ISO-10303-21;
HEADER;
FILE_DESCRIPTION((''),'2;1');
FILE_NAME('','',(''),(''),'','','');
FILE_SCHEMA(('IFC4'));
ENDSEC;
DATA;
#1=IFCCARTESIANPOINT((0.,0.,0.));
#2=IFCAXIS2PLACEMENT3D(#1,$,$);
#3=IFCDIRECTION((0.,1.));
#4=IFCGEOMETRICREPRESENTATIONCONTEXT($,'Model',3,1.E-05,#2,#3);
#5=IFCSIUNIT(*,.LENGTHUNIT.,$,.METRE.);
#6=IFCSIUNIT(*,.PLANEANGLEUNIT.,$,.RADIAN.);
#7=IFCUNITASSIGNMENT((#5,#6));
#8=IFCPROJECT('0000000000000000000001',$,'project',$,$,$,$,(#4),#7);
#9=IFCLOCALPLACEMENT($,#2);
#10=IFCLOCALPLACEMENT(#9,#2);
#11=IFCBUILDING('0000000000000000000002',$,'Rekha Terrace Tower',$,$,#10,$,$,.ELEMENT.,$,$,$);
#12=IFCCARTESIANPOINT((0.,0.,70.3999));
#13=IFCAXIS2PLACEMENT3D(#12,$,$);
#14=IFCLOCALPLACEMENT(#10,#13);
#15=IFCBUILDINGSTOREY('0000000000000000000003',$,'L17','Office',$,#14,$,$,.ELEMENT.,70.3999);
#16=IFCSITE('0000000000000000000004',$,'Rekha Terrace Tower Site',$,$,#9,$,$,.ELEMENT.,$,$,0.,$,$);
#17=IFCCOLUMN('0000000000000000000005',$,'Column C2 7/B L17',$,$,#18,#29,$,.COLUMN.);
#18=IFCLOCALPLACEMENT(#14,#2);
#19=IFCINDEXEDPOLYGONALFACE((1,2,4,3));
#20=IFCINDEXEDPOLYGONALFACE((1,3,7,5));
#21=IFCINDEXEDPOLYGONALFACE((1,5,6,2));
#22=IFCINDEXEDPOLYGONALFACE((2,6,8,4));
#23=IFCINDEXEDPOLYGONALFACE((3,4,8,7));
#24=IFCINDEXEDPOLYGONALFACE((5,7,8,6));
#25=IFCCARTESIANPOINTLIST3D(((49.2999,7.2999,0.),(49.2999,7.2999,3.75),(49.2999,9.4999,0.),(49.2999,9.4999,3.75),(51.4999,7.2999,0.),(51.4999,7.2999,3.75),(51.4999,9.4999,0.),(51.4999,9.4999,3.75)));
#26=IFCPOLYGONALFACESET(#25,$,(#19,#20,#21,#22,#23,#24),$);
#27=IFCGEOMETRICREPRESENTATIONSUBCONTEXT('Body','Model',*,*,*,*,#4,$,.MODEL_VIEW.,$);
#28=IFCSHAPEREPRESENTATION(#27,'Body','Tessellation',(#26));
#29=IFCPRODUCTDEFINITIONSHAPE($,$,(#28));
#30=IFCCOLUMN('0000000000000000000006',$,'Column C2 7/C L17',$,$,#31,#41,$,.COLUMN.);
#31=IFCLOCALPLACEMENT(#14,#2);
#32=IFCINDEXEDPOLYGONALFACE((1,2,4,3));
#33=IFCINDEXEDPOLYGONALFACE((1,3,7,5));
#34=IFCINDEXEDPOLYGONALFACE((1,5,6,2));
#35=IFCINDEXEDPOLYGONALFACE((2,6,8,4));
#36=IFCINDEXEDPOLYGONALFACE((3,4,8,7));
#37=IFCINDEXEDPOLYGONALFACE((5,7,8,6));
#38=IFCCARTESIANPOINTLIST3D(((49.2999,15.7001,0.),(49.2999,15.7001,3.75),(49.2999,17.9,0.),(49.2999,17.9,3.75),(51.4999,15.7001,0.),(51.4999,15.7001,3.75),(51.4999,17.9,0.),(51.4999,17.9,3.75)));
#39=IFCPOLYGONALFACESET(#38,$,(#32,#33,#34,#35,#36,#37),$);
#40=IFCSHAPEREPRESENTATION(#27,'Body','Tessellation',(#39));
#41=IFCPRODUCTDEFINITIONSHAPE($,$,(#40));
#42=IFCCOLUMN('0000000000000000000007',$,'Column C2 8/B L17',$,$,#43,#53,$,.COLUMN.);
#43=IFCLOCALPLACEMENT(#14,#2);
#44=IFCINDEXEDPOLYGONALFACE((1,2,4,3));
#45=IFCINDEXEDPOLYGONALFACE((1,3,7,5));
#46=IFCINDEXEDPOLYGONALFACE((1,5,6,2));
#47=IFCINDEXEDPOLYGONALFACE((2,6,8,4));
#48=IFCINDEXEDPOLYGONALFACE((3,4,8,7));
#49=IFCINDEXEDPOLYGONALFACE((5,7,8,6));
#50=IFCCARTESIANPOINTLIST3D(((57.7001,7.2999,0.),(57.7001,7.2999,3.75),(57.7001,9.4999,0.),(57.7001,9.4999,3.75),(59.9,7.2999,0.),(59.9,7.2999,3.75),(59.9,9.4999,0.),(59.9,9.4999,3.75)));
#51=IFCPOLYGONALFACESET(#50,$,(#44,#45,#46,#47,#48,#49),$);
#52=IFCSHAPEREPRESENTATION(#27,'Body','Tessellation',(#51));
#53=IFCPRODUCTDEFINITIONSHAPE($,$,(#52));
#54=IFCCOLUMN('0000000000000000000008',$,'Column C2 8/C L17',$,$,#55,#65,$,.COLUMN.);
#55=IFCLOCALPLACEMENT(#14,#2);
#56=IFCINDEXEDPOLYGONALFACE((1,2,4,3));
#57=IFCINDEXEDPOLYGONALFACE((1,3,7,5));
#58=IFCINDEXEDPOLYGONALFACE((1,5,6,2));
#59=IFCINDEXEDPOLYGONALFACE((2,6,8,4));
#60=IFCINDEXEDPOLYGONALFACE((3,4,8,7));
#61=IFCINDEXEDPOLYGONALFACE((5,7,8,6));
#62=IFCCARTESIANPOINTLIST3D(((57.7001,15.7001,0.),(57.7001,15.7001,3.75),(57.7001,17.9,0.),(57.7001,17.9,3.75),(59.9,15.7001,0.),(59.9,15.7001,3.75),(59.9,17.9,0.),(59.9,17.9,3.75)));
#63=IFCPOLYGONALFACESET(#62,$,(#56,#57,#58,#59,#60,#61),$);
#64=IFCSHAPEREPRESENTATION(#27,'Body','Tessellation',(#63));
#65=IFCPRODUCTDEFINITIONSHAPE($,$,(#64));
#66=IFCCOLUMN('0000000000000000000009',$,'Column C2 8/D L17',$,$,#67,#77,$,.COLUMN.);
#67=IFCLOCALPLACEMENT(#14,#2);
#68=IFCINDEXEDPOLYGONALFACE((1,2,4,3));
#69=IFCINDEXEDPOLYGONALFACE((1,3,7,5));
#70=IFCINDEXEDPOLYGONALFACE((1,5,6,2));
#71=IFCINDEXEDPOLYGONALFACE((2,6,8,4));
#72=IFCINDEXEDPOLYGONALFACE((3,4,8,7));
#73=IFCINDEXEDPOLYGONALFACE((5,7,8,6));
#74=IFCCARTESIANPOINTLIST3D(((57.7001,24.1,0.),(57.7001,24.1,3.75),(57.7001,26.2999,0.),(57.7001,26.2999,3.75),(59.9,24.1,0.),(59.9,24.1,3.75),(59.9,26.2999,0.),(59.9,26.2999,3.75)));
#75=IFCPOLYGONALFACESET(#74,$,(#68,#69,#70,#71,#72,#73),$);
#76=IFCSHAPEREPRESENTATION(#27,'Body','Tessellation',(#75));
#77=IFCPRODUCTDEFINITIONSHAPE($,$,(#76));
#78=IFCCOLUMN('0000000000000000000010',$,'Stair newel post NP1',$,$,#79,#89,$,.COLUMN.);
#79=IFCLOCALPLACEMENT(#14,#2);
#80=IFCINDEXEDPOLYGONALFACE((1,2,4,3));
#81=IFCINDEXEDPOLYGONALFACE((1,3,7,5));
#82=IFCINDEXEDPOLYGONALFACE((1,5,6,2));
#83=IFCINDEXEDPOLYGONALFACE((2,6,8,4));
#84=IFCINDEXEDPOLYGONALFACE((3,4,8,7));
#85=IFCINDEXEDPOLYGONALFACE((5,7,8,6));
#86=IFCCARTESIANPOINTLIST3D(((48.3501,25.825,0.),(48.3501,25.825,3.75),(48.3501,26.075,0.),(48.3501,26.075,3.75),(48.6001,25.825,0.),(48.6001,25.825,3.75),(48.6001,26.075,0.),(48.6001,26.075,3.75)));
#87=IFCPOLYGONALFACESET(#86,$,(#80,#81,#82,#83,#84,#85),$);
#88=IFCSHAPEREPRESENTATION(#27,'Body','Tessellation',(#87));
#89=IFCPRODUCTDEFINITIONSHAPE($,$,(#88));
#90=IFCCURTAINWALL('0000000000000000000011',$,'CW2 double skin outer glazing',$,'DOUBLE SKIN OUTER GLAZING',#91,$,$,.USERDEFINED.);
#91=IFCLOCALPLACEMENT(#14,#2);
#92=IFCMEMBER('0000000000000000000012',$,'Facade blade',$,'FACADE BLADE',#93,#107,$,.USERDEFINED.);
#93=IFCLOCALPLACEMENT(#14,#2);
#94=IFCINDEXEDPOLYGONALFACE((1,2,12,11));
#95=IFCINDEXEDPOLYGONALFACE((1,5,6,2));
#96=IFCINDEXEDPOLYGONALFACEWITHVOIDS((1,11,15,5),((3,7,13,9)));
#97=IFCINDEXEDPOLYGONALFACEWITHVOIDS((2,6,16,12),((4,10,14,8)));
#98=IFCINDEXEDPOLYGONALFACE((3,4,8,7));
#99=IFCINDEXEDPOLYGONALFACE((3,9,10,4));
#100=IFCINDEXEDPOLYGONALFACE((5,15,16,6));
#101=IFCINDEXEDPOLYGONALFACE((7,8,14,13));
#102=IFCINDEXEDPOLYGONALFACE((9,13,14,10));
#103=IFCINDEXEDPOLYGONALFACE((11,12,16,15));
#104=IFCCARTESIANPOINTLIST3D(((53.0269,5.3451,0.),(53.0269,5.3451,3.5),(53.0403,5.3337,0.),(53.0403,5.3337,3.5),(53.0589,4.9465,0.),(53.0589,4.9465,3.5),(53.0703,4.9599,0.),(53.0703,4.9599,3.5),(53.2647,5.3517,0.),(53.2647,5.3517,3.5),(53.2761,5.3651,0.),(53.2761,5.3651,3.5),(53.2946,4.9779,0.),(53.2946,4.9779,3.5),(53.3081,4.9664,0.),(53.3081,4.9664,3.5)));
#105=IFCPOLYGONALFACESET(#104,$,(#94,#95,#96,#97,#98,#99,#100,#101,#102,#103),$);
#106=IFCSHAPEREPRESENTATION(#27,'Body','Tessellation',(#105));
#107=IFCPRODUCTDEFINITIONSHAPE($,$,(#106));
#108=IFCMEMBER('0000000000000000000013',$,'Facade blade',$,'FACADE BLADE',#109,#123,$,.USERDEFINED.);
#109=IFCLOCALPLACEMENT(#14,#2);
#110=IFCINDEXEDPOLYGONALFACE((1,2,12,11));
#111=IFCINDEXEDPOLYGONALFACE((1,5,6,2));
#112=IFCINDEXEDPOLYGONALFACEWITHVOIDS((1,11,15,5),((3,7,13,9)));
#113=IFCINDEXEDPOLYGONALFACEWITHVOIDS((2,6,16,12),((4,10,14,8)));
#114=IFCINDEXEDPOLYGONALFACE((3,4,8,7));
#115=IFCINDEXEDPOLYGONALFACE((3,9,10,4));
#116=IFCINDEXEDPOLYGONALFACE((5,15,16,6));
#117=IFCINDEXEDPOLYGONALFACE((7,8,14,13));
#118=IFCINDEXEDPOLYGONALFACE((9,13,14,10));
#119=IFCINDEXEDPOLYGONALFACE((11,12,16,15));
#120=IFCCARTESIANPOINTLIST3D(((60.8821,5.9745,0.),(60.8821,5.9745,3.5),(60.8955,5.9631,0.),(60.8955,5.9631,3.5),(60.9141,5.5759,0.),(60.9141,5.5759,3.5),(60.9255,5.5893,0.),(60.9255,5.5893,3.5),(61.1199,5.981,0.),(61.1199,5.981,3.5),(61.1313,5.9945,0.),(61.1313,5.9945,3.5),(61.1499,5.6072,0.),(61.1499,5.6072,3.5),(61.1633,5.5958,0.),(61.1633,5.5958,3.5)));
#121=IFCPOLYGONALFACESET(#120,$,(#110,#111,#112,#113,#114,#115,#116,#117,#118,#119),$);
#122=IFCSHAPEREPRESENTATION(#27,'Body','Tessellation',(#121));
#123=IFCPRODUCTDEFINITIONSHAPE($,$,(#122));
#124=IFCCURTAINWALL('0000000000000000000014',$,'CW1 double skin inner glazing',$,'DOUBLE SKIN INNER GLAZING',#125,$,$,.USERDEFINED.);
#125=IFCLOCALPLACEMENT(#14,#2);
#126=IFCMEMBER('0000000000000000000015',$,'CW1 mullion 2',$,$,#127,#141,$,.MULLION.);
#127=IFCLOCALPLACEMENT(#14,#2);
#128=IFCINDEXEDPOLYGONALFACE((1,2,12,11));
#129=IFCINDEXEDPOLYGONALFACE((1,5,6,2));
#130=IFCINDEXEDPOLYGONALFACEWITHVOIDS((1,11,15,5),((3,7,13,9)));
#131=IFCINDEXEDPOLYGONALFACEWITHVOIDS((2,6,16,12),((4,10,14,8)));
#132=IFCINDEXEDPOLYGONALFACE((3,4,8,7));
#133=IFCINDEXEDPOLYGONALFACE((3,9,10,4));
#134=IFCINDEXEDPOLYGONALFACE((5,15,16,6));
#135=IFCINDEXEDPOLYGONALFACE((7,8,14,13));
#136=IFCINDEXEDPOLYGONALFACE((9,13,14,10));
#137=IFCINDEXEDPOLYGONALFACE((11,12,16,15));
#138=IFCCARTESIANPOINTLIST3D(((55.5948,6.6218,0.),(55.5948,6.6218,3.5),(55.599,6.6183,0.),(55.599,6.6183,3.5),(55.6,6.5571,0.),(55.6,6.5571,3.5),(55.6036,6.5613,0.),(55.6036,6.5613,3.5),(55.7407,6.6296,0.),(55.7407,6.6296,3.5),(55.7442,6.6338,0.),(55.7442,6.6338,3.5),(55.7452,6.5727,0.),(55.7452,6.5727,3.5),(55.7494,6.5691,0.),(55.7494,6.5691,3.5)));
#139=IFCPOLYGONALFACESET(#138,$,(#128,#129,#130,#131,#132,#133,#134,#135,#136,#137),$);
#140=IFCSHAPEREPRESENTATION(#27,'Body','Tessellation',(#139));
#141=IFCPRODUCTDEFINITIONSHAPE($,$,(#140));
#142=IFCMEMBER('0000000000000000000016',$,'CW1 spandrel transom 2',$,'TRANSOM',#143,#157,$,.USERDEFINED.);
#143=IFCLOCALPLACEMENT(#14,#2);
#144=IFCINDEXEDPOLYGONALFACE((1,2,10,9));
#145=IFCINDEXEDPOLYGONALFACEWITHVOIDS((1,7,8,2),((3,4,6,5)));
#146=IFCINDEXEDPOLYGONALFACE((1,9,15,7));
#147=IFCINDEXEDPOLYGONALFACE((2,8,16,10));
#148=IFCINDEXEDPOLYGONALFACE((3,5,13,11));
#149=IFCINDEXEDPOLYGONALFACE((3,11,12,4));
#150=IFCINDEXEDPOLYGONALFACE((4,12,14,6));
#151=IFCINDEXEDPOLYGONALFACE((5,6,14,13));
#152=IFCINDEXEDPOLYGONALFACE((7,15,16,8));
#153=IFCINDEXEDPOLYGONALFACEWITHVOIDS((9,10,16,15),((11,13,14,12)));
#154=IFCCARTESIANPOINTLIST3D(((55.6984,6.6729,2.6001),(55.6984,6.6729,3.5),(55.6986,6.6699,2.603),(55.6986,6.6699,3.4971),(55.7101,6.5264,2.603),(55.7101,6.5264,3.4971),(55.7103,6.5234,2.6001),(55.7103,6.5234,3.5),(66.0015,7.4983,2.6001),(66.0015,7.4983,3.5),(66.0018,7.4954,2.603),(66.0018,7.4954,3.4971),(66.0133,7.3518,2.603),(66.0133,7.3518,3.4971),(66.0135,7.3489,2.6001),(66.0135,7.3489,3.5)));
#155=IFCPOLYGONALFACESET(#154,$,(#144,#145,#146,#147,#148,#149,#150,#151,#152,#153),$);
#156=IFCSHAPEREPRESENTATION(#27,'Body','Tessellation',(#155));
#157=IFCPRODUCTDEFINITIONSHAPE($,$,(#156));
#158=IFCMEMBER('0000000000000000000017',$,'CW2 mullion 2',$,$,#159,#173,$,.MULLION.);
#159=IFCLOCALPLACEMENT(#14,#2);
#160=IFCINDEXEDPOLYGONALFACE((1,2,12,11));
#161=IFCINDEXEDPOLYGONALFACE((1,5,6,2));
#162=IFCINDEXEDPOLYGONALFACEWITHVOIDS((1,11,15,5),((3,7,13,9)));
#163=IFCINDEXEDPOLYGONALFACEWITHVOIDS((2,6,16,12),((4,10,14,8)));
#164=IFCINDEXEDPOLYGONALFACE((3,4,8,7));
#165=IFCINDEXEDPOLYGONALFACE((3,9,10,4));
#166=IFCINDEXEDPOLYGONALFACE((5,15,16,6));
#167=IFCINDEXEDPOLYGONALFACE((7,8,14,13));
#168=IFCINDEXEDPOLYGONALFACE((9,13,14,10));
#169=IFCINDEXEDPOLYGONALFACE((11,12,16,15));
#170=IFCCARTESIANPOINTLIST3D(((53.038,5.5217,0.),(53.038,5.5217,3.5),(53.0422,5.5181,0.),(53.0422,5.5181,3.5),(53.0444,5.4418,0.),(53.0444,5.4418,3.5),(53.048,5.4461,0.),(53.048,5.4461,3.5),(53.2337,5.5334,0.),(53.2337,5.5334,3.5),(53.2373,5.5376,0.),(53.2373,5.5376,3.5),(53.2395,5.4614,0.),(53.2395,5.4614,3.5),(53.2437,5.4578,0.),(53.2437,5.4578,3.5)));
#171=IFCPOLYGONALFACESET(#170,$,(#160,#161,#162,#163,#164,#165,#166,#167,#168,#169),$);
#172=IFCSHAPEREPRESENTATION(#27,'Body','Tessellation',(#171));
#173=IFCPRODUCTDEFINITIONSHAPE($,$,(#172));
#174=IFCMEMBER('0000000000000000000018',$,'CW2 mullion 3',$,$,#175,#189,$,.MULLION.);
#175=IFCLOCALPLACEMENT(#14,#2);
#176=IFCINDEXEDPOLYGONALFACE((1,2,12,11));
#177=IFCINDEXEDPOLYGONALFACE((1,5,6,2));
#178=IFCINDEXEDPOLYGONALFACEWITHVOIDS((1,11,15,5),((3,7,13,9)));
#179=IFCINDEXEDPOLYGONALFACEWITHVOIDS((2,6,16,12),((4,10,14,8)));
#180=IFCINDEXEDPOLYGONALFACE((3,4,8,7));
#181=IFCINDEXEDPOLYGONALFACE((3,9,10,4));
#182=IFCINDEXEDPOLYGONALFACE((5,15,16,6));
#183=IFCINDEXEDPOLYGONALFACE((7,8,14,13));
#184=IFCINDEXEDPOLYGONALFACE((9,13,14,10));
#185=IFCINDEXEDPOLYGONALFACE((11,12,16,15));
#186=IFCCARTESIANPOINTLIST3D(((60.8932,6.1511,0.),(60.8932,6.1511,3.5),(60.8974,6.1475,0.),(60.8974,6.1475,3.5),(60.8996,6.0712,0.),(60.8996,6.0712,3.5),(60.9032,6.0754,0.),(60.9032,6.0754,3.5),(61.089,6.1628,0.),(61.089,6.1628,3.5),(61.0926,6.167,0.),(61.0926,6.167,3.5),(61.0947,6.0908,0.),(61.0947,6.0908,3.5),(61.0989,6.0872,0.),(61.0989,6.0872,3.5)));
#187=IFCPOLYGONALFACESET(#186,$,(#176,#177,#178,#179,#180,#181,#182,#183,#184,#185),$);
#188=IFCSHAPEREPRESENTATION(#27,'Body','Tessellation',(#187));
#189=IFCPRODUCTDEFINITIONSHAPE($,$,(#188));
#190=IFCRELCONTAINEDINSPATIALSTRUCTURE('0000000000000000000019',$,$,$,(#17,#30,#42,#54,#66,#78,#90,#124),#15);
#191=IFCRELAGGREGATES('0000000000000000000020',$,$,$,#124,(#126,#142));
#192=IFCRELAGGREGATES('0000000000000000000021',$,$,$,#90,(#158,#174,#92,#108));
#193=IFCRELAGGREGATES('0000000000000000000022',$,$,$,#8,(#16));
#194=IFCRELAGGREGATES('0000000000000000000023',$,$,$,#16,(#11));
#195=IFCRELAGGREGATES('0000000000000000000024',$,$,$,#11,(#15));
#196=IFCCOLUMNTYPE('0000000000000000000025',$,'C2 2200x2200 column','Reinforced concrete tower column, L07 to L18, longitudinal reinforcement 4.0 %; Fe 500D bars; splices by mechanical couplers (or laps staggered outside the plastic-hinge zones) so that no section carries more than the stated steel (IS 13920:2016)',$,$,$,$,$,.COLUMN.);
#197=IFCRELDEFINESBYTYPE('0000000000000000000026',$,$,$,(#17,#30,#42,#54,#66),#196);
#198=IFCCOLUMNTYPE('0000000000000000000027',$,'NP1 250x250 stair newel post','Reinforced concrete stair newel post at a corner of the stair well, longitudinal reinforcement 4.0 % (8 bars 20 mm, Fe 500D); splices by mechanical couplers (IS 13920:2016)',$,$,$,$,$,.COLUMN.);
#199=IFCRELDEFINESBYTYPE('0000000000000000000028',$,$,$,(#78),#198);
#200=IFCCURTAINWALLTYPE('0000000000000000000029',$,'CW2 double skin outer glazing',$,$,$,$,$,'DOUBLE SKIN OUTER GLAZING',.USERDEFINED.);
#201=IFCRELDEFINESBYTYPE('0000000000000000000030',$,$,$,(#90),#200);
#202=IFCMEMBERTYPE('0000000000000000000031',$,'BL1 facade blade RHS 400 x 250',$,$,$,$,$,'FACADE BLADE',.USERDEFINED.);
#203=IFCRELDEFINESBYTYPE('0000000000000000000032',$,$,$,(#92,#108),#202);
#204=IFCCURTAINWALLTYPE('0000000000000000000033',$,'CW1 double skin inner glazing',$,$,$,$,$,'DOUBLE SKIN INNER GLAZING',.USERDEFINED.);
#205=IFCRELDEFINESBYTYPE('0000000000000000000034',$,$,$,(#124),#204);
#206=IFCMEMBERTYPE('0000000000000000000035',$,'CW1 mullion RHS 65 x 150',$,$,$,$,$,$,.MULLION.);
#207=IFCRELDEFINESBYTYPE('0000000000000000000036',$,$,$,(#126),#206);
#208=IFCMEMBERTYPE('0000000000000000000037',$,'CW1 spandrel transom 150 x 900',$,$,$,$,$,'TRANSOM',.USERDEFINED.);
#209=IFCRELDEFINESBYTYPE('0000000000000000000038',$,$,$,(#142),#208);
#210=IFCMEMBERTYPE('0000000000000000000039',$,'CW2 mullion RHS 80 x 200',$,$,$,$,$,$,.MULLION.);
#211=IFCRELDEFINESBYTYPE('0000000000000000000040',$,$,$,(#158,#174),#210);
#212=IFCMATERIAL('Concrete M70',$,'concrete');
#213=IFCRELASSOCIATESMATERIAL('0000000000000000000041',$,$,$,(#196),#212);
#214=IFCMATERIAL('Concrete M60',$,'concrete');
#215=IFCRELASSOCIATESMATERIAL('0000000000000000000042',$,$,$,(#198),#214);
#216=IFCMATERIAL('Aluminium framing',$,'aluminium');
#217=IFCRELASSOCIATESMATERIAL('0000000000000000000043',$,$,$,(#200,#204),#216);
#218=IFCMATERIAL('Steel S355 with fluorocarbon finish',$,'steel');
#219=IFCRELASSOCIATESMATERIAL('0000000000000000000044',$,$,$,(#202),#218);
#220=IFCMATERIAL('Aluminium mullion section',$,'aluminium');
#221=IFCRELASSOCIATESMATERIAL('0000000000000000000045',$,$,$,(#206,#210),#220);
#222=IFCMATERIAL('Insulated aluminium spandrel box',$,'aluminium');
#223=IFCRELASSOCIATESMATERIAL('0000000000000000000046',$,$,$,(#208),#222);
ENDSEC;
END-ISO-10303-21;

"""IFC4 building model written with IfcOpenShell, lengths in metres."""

from ifc_helpers import new_model, si_unit, direction, frame, origin, origin_2d, place, context, subcontext, project, spatial, rectangle, hollow_rectangle, extrude, material, material_profile, profile_set, type_object, element, aggregate, save


model = new_model("IFC4")

# Units and contexts
model_context = context("Model", 3, precision=1e-05, world=origin(), true_north=direction((0.0, 1.0)))
body_context = subcontext(model_context, "Body", "Model", "MODEL_VIEW")
ifc_project = project(units=[si_unit("LENGTHUNIT", "METRE"), si_unit("PLANEANGLEUNIT", "RADIAN")], contexts=[model_context])

# Site, building, storey
site_placement = place(None, origin())
site = spatial("IfcSite", under=ifc_project, at=site_placement, Name="Rekha Terrace Tower Site", CompositionType="ELEMENT", RefElevation=0.0)
building_placement = place(site_placement, origin())
building = spatial("IfcBuilding", under=site, at=building_placement, Name="Rekha Terrace Tower", CompositionType="ELEMENT")
storey_placement = place(building_placement, frame((0.0, 0.0, 70.3999)))
storey = spatial("IfcBuildingStorey", under=building, at=storey_placement, Name="L17", Description="Office", CompositionType="ELEMENT", Elevation=70.3999)

# Columns
ifc_material_1 = material(Name="Concrete M70", Category="concrete")
ifc_material_profile_1 = material_profile(ifc_material_1, rectangle(XDim=2.2, YDim=2.2, at=origin_2d()), Name="RC 2200x2200")
ifc_profile_set_1 = profile_set([ifc_material_profile_1], Name="Concrete M70")
column_type_1 = type_object("IfcColumnType", Name="C2 2200x2200 column", Description="Reinforced concrete tower column, L07 to L18, longitudinal reinforcement 4.0 %; Fe 500D bars; splices by mechanical couplers (or laps staggered outside the plastic-hinge zones) so that no section carries more than the stated steel (IS 13920:2016)", PredefinedType="COLUMN", material=ifc_profile_set_1)
for number, where, z_axis, x_axis, name in (
    (1, (50.3999, 8.3999, 0.0), (0.0, 0.0, 1.0), (1.0, 0.0, 0.0), "Column C2 7/B L17"),
    (2, (50.3999, 16.8, 0.0), (0.0, 0.0, 1.0), (1.0, 0.0, 0.0), "Column C2 7/C L17"),
    (3, (58.8, 8.3999, 0.0), (0.0, 0.0, 1.0), (1.0, 0.0, 0.0), "Column C2 8/B L17"),
    (4, (58.8, 16.8, 0.0), (0.0, 0.0, 1.0), (1.0, 0.0, 0.0), "Column C2 8/C L17"),
    (5, (58.8, 25.2, 0.0), (0.0, 0.0, 1.0), (1.0, 0.0, 0.0), "Column C2 8/D L17"),
):
    element("IfcColumn", number, at=place(storey_placement, frame(where, z_axis=z_axis, x_axis=x_axis)), inside=storey, type_object=column_type_1, Name=name, PredefinedType="COLUMN", context=body_context, shape_type="SweptSolid", body=[
        extrude(rectangle(XDim=2.2, YDim=2.2, at=origin_2d()), origin(), (0.0, 0.0, 1.0), 3.75),
    ])
ifc_material_2 = material(Name="Concrete M60", Category="concrete")
ifc_material_profile_2 = material_profile(ifc_material_2, rectangle(XDim=0.25, YDim=0.25, at=origin_2d()), Name="RC 250x250")
ifc_profile_set_2 = profile_set([ifc_material_profile_2], Name="Concrete M60")
column_type_2 = type_object("IfcColumnType", Name="NP1 250x250 stair newel post", Description="Reinforced concrete stair newel post at a corner of the stair well, longitudinal reinforcement 4.0 % (8 bars 20 mm, Fe 500D); splices by mechanical couplers (IS 13920:2016)", PredefinedType="COLUMN", material=ifc_profile_set_2)
column_placement = place(storey_placement, frame((48.4751, 25.95, 0.0), z_axis=(0.0, 0.0, 1.0), x_axis=(1.0, 0.0, 0.0)))
element("IfcColumn", 6, at=column_placement, inside=storey, type_object=column_type_2, Name="Stair newel post NP1", PredefinedType="COLUMN", context=body_context, shape_type="SweptSolid", body=[
    extrude(rectangle(XDim=0.25, YDim=0.25, at=origin_2d()), origin(), (0.0, 0.0, 1.0), 3.75),
])

# Curtain walls, members
ifc_material_3 = material(Name="Aluminium framing", Category="aluminium")
curtain_wall_type_1 = type_object("IfcCurtainWallType", Name="CW2 double skin outer glazing", ElementType="DOUBLE SKIN OUTER GLAZING", PredefinedType="USERDEFINED", material=ifc_material_3)
curtain_wall_1_placement = place(storey_placement, origin())
curtain_wall_1 = element("IfcCurtainWall", 7, at=curtain_wall_1_placement, inside=storey, type_object=curtain_wall_type_1, Name="CW2 double skin outer glazing", ObjectType="DOUBLE SKIN OUTER GLAZING", PredefinedType="USERDEFINED")
ifc_material_4 = material(Name="Steel S355 with fluorocarbon finish", Category="steel")
ifc_material_profile_3 = material_profile(ifc_material_4, hollow_rectangle(XDim=0.25, YDim=0.3999, WallThickness=0.0125, at=origin_2d()), Name="RHS400x250x12.5")
ifc_profile_set_3 = profile_set([ifc_material_profile_3], Name="Steel S355 with fluorocarbon finish")
member_type_1 = type_object("IfcMemberType", Name="BL1 facade blade RHS 400 x 250", ElementType="FACADE BLADE", PredefinedType="USERDEFINED", material=ifc_profile_set_3)
member_1_placement = place(storey_placement, frame((53.1675, 5.1558, 0.0), z_axis=(0.0, 0.0, 1.0), x_axis=(0.996805, 0.079872, 0.0)))
member_1 = element("IfcMember", 8, at=member_1_placement, type_object=member_type_1, Name="Facade blade", ObjectType="FACADE BLADE", PredefinedType="USERDEFINED", context=body_context, shape_type="SweptSolid", body=[
    extrude(hollow_rectangle(XDim=0.25, YDim=0.3999, WallThickness=0.0125, at=origin_2d()), origin(), (0.0, 0.0, 1.0), 3.5),
])
member_2_placement = place(storey_placement, frame((61.0227, 5.7852, 0.0), z_axis=(0.0, 0.0, 1.0), x_axis=(0.996805, 0.079872, 0.0)))
member_2 = element("IfcMember", 9, at=member_2_placement, type_object=member_type_1, Name="Facade blade", ObjectType="FACADE BLADE", PredefinedType="USERDEFINED", context=body_context, shape_type="SweptSolid", body=[
    extrude(hollow_rectangle(XDim=0.25, YDim=0.3999, WallThickness=0.0125, at=origin_2d()), origin(), (0.0, 0.0, 1.0), 3.5),
])
curtain_wall_type_2 = type_object("IfcCurtainWallType", Name="CW1 double skin inner glazing", ElementType="DOUBLE SKIN INNER GLAZING", PredefinedType="USERDEFINED", material=ifc_material_3)
curtain_wall_2_placement = place(storey_placement, origin())
curtain_wall_2 = element("IfcCurtainWall", 10, at=curtain_wall_2_placement, inside=storey, type_object=curtain_wall_type_2, Name="CW1 double skin inner glazing", ObjectType="DOUBLE SKIN INNER GLAZING", PredefinedType="USERDEFINED")
ifc_material_5 = material(Name="Aluminium mullion section", Category="aluminium")
ifc_material_profile_4 = material_profile(ifc_material_5, hollow_rectangle(XDim=0.0649, YDim=0.1499, WallThickness=0.0039, at=origin_2d()), Name="AL RHS 65x150")
ifc_profile_set_4 = profile_set([ifc_material_profile_4], Name="Aluminium mullion section")
member_type_2 = type_object("IfcMemberType", Name="CW1 mullion RHS 65 x 150", PredefinedType="MULLION", material=ifc_profile_set_4)
member_3_placement = place(storey_placement, frame((55.6721, 6.5955, 0.0), z_axis=(0.0, 0.0, 1.0), x_axis=(-0.079872, 0.996805, 0.0)))
member_3 = element("IfcMember", 11, at=member_3_placement, type_object=member_type_2, Name="CW1 mullion 2", PredefinedType="MULLION", context=body_context, shape_type="SweptSolid", body=[
    extrude(hollow_rectangle(XDim=0.0649, YDim=0.1499, WallThickness=0.0039, at=origin_2d()), origin(), (0.0, 0.0, 1.0), 3.5),
])
ifc_material_6 = material(Name="Insulated aluminium spandrel box", Category="aluminium")
ifc_material_profile_5 = material_profile(ifc_material_6, hollow_rectangle(XDim=0.1499, YDim=0.8999, WallThickness=0.0029, at=origin_2d()), Name="AL SPANDREL BOX 150x900")
ifc_profile_set_5 = profile_set([ifc_material_profile_5], Name="Insulated aluminium spandrel box")
member_type_3 = type_object("IfcMemberType", Name="CW1 spandrel transom 150 x 900", ElementType="TRANSOM", PredefinedType="USERDEFINED", material=ifc_profile_set_5)
member_4_placement = place(storey_placement, frame((55.7043, 6.5981, 3.05), z_axis=(0.996806, 0.079859, 0.0), x_axis=(-0.079859, 0.996806, 0.0)))
member_4 = element("IfcMember", 12, at=member_4_placement, type_object=member_type_3, Name="CW1 spandrel transom 2", ObjectType="TRANSOM", PredefinedType="USERDEFINED", context=body_context, shape_type="SweptSolid", body=[
    extrude(hollow_rectangle(XDim=0.1499, YDim=0.8999, WallThickness=0.0029, at=origin_2d()), origin(), (0.0, 0.0, 1.0), 10.3362),
])

# Members
ifc_material_profile_6 = material_profile(ifc_material_5, hollow_rectangle(XDim=0.0801, YDim=0.2, WallThickness=0.0039, at=origin_2d()), Name="AL RHS 80x200")
ifc_profile_set_6 = profile_set([ifc_material_profile_6], Name="Aluminium mullion section")
member_type_4 = type_object("IfcMemberType", Name="CW2 mullion RHS 80 x 200", PredefinedType="MULLION", material=ifc_profile_set_6)
member_5_placement = place(storey_placement, frame((53.1409, 5.4897, 0.0), z_axis=(0.0, 0.0, 1.0), x_axis=(-0.079872, 0.996805, 0.0)))
member_5 = element("IfcMember", 13, at=member_5_placement, type_object=member_type_4, Name="CW2 mullion 2", PredefinedType="MULLION", context=body_context, shape_type="SweptSolid", body=[
    extrude(hollow_rectangle(XDim=0.0801, YDim=0.2, WallThickness=0.0039, at=origin_2d()), origin(), (0.0, 0.0, 1.0), 3.5),
])
member_6_placement = place(storey_placement, frame((60.9961, 6.1191, 0.0), z_axis=(0.0, 0.0, 1.0), x_axis=(-0.079872, 0.996805, 0.0)))
member_6 = element("IfcMember", 14, at=member_6_placement, type_object=member_type_4, Name="CW2 mullion 3", PredefinedType="MULLION", context=body_context, shape_type="SweptSolid", body=[
    extrude(hollow_rectangle(XDim=0.0801, YDim=0.2, WallThickness=0.0039, at=origin_2d()), origin(), (0.0, 0.0, 1.0), 3.5),
])

aggregate(curtain_wall_2, [member_3, member_4])
aggregate(curtain_wall_1, [member_5, member_6, member_1, member_2])

save(model, "model.ifc")
